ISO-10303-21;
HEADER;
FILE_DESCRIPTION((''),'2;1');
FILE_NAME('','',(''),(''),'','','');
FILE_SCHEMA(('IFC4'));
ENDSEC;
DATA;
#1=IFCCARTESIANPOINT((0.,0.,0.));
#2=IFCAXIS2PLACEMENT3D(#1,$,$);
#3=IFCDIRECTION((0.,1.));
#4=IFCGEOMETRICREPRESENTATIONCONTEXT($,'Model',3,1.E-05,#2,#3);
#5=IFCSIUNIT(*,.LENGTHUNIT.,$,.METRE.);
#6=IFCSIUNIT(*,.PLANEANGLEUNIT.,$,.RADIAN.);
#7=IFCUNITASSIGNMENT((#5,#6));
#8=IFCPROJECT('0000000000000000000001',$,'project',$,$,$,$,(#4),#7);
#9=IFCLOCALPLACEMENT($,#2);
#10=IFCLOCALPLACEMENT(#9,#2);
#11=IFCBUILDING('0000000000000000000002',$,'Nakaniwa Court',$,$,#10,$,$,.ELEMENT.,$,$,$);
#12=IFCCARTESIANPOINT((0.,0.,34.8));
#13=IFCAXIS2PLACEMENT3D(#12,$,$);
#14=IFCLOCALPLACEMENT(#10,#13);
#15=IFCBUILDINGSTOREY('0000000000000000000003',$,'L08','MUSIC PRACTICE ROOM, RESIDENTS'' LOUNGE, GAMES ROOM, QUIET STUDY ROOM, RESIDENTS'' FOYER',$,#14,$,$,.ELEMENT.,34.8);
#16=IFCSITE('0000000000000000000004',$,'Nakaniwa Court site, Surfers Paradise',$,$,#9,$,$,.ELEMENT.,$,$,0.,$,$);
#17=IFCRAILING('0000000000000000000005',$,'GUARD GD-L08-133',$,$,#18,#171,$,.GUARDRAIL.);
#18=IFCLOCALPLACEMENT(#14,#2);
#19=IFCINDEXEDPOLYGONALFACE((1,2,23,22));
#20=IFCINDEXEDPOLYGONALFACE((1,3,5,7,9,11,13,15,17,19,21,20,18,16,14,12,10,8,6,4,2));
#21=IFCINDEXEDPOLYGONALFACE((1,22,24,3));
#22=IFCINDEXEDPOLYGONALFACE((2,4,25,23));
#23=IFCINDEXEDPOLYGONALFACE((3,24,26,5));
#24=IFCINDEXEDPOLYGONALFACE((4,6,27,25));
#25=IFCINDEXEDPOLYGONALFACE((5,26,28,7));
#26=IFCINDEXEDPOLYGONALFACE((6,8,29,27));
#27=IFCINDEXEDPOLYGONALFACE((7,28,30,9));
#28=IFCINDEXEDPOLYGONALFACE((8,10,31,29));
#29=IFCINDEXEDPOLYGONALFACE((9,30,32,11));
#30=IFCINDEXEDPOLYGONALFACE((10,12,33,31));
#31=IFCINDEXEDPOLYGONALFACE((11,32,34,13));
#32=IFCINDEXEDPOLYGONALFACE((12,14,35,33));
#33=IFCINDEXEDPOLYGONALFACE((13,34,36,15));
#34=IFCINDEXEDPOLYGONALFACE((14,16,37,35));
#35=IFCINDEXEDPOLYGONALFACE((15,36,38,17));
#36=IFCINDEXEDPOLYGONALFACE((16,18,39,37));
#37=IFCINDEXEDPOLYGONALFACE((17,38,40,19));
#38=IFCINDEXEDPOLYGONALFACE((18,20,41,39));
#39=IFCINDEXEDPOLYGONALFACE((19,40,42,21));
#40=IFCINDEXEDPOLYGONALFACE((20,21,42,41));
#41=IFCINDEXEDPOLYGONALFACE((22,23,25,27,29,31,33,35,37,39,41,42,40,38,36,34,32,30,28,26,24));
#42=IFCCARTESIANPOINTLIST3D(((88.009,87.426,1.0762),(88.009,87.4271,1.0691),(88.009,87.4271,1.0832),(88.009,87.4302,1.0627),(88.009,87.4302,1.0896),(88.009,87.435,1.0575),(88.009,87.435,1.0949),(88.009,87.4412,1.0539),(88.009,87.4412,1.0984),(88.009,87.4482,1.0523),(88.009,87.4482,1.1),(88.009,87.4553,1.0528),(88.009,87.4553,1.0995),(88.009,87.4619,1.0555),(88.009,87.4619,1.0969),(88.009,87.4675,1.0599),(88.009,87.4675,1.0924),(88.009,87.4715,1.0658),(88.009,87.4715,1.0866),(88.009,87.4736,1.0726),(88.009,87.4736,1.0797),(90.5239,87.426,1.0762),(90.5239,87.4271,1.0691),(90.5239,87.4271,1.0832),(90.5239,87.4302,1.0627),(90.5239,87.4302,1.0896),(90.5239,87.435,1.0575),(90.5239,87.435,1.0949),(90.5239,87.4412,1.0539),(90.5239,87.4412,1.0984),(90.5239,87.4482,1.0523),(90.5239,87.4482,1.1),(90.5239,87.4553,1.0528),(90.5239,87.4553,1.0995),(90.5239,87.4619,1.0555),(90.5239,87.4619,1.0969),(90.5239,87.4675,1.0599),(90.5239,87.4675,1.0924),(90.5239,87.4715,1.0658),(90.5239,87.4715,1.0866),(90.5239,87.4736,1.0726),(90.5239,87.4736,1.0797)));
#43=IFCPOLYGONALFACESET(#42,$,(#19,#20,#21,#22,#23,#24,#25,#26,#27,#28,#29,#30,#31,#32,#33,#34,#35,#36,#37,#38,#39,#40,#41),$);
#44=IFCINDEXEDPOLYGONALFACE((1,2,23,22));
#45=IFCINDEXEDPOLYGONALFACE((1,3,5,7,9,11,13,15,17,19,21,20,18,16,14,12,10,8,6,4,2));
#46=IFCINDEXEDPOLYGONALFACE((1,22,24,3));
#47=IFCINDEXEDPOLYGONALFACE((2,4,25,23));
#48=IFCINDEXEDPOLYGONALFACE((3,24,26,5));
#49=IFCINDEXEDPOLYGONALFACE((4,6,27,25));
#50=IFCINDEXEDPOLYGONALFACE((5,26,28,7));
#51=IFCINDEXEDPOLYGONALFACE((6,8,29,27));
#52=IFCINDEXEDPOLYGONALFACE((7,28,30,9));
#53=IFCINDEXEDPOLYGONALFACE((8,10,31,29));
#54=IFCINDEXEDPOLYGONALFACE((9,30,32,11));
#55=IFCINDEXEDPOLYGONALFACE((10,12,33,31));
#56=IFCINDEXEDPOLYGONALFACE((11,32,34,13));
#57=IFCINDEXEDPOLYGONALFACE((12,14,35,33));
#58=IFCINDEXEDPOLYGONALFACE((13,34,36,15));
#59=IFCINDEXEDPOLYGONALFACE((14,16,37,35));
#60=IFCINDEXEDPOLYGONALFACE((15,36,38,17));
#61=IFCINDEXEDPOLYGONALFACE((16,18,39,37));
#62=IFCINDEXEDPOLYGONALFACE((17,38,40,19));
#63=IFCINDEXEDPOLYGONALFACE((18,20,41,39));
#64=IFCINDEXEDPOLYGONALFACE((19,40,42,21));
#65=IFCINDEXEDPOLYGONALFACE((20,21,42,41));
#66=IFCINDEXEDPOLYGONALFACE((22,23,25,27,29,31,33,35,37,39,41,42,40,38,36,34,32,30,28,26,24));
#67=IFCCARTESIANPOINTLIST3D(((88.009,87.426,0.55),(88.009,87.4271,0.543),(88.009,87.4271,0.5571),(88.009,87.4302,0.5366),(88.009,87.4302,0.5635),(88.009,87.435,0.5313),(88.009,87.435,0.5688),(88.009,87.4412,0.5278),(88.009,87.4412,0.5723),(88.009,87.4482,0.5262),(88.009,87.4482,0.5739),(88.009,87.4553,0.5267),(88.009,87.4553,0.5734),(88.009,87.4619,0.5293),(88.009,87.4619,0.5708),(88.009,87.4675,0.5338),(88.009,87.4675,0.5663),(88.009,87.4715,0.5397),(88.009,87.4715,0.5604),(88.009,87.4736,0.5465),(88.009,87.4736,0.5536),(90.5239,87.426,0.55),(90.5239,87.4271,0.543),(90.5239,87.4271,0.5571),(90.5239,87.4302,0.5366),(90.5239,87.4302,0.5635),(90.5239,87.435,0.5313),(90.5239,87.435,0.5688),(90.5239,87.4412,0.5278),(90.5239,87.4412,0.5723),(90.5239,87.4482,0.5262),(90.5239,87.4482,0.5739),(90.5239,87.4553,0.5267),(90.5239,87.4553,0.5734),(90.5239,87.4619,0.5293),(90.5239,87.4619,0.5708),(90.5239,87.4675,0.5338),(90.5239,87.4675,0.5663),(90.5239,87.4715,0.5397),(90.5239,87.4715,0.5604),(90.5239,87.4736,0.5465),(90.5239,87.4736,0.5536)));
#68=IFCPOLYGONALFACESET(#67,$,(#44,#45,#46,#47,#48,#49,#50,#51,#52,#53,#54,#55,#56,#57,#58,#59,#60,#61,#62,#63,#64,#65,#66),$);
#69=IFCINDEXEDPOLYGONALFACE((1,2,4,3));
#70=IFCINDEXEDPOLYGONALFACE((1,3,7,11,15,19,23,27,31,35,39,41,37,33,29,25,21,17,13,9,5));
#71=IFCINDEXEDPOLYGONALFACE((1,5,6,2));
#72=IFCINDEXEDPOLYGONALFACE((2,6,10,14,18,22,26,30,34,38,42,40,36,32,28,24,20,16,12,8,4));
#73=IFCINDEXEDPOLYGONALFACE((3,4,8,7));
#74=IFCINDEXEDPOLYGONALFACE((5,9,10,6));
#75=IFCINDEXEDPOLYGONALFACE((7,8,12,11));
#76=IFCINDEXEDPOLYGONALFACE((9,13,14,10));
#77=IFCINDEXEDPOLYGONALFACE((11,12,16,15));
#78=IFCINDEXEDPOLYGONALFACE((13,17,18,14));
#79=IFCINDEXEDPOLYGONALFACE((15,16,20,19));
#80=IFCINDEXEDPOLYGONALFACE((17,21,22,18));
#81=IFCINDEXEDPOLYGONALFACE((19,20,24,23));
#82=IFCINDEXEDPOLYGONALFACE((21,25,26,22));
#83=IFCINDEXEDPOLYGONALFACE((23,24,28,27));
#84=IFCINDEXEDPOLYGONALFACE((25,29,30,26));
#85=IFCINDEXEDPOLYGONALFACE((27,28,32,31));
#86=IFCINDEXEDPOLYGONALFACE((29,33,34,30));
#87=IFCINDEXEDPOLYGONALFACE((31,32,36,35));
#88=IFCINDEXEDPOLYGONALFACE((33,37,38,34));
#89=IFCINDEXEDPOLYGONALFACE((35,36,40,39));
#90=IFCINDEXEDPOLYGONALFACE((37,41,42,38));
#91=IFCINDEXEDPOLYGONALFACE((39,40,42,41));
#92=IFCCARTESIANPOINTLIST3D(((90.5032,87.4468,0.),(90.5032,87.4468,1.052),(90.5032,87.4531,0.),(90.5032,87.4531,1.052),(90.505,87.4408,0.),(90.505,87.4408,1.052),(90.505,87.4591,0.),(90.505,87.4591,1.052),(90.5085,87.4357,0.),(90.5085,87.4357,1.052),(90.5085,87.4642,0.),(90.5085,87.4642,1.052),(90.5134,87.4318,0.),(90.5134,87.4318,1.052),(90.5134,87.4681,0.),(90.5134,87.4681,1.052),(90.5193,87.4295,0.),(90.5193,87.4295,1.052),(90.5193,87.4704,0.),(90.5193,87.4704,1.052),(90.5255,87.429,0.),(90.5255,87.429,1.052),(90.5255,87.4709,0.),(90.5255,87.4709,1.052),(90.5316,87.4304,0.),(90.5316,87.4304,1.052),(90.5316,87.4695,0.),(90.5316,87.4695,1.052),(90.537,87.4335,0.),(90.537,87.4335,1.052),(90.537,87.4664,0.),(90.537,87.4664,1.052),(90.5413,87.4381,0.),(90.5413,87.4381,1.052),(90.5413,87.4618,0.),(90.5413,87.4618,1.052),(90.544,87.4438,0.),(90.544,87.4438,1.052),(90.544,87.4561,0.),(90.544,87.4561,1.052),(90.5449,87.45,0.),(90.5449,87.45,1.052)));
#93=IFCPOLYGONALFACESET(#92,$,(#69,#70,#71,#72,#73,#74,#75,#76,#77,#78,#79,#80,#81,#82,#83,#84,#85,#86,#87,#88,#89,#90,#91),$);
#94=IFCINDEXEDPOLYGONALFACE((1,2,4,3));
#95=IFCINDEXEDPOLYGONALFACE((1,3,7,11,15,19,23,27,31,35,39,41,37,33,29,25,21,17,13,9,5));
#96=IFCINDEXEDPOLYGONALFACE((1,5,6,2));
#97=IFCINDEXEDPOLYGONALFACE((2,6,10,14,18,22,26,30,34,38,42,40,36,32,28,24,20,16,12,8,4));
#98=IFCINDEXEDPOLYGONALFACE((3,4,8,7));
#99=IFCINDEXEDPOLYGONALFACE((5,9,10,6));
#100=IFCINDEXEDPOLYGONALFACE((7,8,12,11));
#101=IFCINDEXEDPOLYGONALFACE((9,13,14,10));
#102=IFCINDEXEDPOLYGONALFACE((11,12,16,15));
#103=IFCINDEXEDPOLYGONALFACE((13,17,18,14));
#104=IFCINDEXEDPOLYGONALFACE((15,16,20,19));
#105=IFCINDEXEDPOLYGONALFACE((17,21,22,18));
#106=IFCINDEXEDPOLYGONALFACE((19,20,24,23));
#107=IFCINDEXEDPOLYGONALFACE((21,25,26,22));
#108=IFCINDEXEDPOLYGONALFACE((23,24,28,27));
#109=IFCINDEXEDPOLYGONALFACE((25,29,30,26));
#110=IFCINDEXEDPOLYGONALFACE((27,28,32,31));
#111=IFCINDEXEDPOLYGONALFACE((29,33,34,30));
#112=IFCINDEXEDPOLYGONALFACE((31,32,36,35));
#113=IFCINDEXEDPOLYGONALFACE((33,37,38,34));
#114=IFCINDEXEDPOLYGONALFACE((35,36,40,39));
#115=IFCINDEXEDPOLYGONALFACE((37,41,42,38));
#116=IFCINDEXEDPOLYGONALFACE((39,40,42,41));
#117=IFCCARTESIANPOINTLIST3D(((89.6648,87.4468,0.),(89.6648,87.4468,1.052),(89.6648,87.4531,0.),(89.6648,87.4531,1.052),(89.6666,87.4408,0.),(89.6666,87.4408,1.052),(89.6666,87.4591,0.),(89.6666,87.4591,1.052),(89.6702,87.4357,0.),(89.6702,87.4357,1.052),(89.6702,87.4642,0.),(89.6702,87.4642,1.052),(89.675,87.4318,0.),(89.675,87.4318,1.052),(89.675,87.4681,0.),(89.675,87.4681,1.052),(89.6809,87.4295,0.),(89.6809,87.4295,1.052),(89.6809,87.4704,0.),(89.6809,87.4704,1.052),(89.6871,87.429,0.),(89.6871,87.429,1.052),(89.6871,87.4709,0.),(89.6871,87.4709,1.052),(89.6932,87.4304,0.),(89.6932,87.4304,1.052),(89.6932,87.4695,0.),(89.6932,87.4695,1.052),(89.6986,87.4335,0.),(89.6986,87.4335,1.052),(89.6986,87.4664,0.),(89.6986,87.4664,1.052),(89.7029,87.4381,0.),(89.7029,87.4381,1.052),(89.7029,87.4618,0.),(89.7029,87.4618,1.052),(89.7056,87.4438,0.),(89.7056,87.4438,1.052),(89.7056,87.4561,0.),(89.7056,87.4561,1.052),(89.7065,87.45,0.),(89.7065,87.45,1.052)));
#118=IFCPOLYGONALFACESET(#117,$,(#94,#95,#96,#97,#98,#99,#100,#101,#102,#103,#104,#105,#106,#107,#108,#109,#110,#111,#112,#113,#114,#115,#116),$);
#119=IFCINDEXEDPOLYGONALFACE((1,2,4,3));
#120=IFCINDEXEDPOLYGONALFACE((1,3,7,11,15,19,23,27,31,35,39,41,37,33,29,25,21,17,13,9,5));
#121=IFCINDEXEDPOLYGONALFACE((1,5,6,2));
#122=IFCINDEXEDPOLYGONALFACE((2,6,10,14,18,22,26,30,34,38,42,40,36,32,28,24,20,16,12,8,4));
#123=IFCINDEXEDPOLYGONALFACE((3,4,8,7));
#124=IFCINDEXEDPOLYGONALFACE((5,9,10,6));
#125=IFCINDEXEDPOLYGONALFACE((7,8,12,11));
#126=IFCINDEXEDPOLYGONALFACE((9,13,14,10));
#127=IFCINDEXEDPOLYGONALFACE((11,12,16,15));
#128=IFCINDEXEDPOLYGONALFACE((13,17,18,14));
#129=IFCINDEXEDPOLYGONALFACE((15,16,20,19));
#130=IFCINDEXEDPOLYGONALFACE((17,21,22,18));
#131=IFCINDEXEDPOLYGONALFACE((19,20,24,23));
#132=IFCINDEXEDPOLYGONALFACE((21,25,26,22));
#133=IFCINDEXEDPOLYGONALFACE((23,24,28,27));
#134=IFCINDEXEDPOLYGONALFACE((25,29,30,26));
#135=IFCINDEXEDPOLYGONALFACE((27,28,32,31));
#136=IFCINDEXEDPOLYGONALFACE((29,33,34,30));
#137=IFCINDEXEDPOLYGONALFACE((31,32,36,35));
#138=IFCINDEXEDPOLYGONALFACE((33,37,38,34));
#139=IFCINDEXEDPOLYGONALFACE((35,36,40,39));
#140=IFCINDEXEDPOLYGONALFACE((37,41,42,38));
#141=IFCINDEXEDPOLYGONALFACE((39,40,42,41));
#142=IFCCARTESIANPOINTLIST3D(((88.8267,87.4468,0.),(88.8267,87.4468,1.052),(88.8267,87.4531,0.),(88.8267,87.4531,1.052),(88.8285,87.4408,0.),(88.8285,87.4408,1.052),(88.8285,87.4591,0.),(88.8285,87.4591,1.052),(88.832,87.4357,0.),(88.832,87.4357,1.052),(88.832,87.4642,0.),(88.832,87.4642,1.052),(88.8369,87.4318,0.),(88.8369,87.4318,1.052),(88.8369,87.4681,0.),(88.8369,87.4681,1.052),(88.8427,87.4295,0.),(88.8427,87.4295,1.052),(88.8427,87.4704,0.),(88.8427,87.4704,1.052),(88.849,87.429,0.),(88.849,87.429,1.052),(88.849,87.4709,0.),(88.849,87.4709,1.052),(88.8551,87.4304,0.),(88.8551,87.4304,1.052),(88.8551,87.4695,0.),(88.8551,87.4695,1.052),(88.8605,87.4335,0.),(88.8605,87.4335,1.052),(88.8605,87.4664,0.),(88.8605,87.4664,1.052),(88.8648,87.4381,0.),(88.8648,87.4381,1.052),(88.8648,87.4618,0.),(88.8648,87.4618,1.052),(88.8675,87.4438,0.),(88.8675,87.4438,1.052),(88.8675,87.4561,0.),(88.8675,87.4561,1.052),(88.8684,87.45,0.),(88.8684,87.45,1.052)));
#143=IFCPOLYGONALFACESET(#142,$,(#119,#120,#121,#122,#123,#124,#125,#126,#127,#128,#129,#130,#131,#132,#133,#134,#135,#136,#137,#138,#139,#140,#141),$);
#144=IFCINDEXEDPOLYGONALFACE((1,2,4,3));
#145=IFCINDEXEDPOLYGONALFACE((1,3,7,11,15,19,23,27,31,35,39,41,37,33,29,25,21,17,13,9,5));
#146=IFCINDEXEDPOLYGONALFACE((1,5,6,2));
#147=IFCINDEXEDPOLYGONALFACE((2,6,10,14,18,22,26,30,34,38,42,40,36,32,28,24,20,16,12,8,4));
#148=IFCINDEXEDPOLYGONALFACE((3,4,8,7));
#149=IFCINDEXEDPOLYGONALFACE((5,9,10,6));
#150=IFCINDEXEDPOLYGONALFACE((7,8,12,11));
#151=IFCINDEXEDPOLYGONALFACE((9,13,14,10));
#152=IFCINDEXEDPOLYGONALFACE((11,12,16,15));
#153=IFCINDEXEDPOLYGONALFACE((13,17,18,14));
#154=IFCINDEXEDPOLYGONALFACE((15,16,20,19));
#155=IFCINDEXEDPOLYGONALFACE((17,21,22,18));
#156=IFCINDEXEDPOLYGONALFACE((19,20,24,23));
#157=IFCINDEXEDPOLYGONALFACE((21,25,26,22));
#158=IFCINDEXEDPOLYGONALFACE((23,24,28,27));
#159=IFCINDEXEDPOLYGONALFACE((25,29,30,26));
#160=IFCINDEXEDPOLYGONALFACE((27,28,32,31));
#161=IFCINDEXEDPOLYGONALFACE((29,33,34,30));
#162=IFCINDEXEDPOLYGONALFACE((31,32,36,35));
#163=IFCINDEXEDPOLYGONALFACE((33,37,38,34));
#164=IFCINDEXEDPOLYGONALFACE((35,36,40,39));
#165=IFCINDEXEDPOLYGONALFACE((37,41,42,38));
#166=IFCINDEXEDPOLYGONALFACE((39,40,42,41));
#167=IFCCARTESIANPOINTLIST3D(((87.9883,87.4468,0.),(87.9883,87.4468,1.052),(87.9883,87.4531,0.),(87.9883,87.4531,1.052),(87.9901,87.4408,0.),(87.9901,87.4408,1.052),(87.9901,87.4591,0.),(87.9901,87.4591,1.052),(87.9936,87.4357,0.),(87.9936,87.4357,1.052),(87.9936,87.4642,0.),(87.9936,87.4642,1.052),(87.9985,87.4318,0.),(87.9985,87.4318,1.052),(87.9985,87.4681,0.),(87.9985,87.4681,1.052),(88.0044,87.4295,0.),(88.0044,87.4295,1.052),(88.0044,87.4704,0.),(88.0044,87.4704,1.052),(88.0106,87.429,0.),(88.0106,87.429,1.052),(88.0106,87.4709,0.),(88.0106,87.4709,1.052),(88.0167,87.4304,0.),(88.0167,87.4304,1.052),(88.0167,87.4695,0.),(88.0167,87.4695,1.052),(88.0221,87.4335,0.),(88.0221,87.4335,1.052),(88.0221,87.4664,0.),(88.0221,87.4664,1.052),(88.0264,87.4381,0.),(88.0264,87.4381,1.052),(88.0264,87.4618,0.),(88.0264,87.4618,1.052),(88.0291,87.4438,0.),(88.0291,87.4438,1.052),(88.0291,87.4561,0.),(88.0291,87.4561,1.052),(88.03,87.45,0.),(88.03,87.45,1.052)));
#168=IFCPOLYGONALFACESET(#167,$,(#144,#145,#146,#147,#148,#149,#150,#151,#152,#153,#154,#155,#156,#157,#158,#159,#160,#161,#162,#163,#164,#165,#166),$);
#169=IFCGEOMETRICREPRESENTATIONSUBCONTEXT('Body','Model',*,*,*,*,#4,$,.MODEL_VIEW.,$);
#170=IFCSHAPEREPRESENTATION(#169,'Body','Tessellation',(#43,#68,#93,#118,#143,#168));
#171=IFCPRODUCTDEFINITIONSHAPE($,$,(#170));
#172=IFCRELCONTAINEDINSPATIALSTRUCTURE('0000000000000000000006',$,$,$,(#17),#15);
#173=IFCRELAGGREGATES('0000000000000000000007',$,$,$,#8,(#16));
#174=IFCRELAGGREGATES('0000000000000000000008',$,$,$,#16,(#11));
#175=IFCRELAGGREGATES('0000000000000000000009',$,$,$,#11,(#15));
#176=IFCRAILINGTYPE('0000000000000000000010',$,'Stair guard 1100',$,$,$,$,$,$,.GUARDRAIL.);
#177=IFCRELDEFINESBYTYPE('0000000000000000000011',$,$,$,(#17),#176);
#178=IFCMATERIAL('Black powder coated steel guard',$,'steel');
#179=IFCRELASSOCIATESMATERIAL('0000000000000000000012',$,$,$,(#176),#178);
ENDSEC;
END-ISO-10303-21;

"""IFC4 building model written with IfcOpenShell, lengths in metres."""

from ifc_helpers import new_model, si_unit, direction, frame, origin, origin_2d, place, context, subcontext, project, spatial, circle, extrude, material, type_object, element, save


model = new_model("IFC4")

# Units and contexts
model_context = context("Model", 3, precision=1e-05, world=origin(), true_north=direction((0.0, 1.0)))
body_context = subcontext(model_context, "Body", "Model", "MODEL_VIEW")
ifc_project = project(units=[si_unit("LENGTHUNIT", "METRE"), si_unit("PLANEANGLEUNIT", "RADIAN")], contexts=[model_context])

# Site, building, storey
site_placement = place(None, origin())
site = spatial("IfcSite", under=ifc_project, at=site_placement, Name="Nakaniwa Court site, Surfers Paradise", CompositionType="ELEMENT", RefElevation=0.0)
building_placement = place(site_placement, origin())
building = spatial("IfcBuilding", under=site, at=building_placement, Name="Nakaniwa Court", CompositionType="ELEMENT")
storey_placement = place(building_placement, frame((0.0, 0.0, 34.8)))
storey = spatial("IfcBuildingStorey", under=building, at=storey_placement, Name="L08", Description="MUSIC PRACTICE ROOM, RESIDENTS' LOUNGE, GAMES ROOM, QUIET STUDY ROOM, RESIDENTS' FOYER", CompositionType="ELEMENT", Elevation=34.8)

# Railing
ifc_material_1 = material(Name="Black powder coated steel guard", Category="steel")
railing_type = type_object("IfcRailingType", Name="Stair guard 1100", PredefinedType="GUARDRAIL", material=ifc_material_1)
railing_placement = place(storey_placement, frame((90.5239, 87.45, 0.0)))
element("IfcRailing", 1, at=railing_placement, inside=storey, type_object=railing_type, Name="GUARD GD-L08-133", PredefinedType="GUARDRAIL", context=body_context, shape_type="SweptSolid", body=[
    extrude(circle(Radius=0.0239, at=origin_2d()), frame((0.0, 0.0, 1.0762), z_axis=(-1.0, 0.0, 0.0), x_axis=(0.0, -1.0, 0.0)), (0.0, 0.0, 1.0), 2.5149),
    extrude(circle(Radius=0.0239, at=origin_2d()), frame((0.0, 0.0, 0.55), z_axis=(-1.0, 0.0, 0.0), x_axis=(0.0, -1.0, 0.0)), (0.0, 0.0, 1.0), 2.5149),
    extrude(circle(Radius=0.021, at=origin_2d()), origin(), (0.0, 0.0, 1.0), 1.052),
    extrude(circle(Radius=0.021, at=origin_2d()), frame((-0.8384, 0.0, 0.0)), (0.0, 0.0, 1.0), 1.052),
    extrude(circle(Radius=0.021, at=origin_2d()), frame((-1.6765, 0.0, 0.0)), (0.0, 0.0, 1.0), 1.052),
    extrude(circle(Radius=0.021, at=origin_2d()), frame((-2.5149, 0.0, 0.0)), (0.0, 0.0, 1.0), 1.052),
])

save(model, "model.ifc")
